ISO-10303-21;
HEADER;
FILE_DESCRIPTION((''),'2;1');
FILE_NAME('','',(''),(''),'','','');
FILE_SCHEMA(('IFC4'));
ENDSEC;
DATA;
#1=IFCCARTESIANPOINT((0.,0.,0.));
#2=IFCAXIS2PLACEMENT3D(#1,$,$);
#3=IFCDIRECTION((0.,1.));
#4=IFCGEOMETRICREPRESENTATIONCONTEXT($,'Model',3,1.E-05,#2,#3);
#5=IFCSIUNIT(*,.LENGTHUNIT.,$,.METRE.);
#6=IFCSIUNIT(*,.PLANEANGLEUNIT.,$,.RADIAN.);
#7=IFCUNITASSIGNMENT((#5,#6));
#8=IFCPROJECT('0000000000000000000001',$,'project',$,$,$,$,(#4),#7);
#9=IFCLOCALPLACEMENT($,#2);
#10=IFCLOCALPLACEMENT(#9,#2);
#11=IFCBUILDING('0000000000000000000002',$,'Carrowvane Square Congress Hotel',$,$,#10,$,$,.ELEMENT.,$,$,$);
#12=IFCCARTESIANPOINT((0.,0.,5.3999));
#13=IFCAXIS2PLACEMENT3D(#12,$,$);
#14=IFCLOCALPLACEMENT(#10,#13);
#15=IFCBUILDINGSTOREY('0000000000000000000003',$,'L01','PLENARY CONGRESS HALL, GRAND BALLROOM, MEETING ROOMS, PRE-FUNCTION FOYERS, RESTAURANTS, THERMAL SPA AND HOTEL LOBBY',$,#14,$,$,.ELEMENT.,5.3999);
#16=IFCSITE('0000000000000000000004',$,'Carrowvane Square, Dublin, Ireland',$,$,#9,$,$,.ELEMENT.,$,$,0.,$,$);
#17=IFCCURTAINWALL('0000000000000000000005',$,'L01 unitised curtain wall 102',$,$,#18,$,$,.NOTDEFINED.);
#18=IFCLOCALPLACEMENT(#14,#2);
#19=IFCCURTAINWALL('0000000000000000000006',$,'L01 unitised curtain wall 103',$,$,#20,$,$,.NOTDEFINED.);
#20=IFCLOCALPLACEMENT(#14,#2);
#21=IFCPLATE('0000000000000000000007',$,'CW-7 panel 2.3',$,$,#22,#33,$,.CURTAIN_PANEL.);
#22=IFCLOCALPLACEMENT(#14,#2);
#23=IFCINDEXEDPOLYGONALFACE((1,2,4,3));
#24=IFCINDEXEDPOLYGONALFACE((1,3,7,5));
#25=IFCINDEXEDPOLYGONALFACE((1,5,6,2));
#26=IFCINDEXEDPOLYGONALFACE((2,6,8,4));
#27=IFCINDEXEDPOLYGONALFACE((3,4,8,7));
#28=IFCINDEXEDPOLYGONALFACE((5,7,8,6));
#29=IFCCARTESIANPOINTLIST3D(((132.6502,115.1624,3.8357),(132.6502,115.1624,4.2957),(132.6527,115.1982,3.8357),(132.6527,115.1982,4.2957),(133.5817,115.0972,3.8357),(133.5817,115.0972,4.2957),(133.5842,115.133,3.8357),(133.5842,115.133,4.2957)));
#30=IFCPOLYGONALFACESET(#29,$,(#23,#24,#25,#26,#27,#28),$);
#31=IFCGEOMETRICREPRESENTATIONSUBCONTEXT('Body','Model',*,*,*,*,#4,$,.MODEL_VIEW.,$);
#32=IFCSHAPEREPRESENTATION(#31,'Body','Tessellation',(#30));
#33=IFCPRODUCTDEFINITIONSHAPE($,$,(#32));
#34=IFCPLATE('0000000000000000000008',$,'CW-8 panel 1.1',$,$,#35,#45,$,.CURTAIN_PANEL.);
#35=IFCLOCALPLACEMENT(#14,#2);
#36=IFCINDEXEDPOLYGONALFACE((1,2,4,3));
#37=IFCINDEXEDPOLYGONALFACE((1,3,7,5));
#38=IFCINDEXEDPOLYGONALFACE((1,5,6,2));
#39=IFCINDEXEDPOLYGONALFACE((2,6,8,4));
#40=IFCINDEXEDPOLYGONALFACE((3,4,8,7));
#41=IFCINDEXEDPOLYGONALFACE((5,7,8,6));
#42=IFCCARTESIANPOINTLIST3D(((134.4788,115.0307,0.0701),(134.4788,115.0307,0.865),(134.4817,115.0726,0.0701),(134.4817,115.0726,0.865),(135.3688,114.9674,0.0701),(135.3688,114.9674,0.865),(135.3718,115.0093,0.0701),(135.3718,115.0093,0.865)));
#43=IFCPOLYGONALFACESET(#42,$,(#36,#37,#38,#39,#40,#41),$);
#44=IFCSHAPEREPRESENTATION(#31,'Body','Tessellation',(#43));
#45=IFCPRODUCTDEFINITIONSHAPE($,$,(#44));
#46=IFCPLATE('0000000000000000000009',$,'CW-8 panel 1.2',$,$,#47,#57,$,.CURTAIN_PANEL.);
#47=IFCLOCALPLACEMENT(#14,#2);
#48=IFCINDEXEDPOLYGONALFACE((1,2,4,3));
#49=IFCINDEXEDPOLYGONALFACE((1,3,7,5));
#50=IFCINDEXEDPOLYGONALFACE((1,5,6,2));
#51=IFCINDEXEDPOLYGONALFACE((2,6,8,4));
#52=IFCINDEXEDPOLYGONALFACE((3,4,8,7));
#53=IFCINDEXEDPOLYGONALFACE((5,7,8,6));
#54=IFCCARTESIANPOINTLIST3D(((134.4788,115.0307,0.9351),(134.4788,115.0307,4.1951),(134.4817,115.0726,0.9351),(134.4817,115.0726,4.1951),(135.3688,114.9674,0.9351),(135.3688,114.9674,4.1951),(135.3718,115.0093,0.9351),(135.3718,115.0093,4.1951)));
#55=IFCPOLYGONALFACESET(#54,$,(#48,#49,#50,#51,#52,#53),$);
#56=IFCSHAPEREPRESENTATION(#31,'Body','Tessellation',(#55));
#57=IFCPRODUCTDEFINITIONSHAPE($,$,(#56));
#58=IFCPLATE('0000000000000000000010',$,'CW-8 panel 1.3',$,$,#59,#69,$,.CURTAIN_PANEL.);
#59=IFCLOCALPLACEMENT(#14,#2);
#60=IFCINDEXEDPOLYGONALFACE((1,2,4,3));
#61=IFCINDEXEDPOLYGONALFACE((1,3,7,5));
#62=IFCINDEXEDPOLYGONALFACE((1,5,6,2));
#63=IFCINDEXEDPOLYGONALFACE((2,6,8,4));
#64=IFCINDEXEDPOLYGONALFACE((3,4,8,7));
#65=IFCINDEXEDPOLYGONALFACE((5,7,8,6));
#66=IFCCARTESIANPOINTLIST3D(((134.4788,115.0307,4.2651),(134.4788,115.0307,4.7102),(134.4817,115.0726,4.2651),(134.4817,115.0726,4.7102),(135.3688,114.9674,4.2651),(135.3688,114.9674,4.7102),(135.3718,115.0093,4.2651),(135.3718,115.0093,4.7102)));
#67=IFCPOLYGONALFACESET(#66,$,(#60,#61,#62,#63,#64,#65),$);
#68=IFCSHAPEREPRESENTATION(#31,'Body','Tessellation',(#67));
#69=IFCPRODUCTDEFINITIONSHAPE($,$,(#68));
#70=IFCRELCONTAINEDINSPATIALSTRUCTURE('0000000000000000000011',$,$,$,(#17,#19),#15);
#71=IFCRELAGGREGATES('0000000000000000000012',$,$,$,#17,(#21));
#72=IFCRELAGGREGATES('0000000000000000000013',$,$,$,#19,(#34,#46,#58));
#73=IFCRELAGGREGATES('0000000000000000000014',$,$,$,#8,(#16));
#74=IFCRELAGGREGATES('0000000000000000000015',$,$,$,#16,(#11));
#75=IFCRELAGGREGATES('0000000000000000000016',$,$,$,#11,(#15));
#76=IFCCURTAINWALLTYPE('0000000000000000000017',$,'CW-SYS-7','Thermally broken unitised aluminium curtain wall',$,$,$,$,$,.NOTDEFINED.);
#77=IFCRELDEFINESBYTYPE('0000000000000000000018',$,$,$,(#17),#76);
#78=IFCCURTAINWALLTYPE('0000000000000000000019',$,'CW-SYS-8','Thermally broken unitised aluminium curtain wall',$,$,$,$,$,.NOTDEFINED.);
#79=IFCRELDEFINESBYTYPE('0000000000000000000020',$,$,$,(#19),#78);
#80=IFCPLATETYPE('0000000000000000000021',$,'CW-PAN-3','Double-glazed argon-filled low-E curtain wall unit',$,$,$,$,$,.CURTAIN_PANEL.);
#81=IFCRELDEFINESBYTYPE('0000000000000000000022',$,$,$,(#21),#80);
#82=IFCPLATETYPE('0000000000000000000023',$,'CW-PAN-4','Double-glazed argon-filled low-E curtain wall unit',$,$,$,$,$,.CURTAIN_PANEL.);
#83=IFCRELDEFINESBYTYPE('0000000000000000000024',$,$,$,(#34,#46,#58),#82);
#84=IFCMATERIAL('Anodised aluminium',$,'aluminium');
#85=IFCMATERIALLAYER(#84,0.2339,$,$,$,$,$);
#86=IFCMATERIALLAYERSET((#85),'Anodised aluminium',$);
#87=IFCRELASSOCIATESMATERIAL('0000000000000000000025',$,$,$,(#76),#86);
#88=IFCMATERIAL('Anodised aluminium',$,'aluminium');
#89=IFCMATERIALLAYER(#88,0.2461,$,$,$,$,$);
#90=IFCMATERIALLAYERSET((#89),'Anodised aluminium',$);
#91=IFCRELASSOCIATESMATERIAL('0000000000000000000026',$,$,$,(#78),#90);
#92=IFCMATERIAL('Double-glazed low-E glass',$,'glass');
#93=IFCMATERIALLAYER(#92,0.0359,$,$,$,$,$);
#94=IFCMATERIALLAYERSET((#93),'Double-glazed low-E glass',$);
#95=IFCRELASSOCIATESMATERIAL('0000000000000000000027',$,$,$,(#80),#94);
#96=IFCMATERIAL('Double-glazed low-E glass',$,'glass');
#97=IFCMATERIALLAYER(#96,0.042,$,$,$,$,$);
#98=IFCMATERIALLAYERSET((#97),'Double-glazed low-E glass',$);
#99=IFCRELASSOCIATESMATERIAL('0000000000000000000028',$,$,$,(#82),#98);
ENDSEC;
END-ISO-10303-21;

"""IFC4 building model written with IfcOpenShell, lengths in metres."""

from ifc_helpers import new_model, si_unit, direction, frame, origin, origin_2d, place, context, subcontext, project, spatial, rectangle, extrude, material, layer, layer_set, type_object, element, aggregate, save


model = new_model("IFC4")

# Units and contexts
model_context = context("Model", 3, precision=1e-05, world=origin(), true_north=direction((0.0, 1.0)))
body_context = subcontext(model_context, "Body", "Model", "MODEL_VIEW")
ifc_project = project(units=[si_unit("LENGTHUNIT", "METRE"), si_unit("PLANEANGLEUNIT", "RADIAN")], contexts=[model_context])

# Site, building, storey
site_placement = place(None, origin())
site = spatial("IfcSite", under=ifc_project, at=site_placement, Name="Carrowvane Square, Dublin, Ireland", CompositionType="ELEMENT", RefElevation=0.0)
building_placement = place(site_placement, origin())
building = spatial("IfcBuilding", under=site, at=building_placement, Name="Carrowvane Square Congress Hotel", CompositionType="ELEMENT")
storey_placement = place(building_placement, frame((0.0, 0.0, 5.3999)))
storey = spatial("IfcBuildingStorey", under=building, at=storey_placement, Name="L01", Description="PLENARY CONGRESS HALL, GRAND BALLROOM, MEETING ROOMS, PRE-FUNCTION FOYERS, RESTAURANTS, THERMAL SPA AND HOTEL LOBBY", CompositionType="ELEMENT", Elevation=5.3999)

# Curtain wall
ifc_material_1 = material(Name="Anodised aluminium", Category="aluminium")
ifc_layer_1 = layer(ifc_material_1, 0.2339)
ifc_layer_set_1 = layer_set([ifc_layer_1], Name="Anodised aluminium")
curtain_wall_type_1 = type_object("IfcCurtainWallType", Name="CW-SYS-7", Description="Thermally broken unitised aluminium curtain wall", PredefinedType="NOTDEFINED", material=ifc_layer_set_1)
curtain_wall_1_placement = place(storey_placement, origin())
curtain_wall_1 = element("IfcCurtainWall", 1, at=curtain_wall_1_placement, inside=storey, type_object=curtain_wall_type_1, Name="L01 unitised curtain wall 102", PredefinedType="NOTDEFINED")

# Curtain wall
ifc_material_2 = material(Name="Anodised aluminium", Category="aluminium")
ifc_layer_2 = layer(ifc_material_2, 0.2461)
ifc_layer_set_2 = layer_set([ifc_layer_2], Name="Anodised aluminium")
curtain_wall_type_2 = type_object("IfcCurtainWallType", Name="CW-SYS-8", Description="Thermally broken unitised aluminium curtain wall", PredefinedType="NOTDEFINED", material=ifc_layer_set_2)
curtain_wall_2_placement = place(storey_placement, origin())
curtain_wall_2 = element("IfcCurtainWall", 2, at=curtain_wall_2_placement, inside=storey, type_object=curtain_wall_type_2, Name="L01 unitised curtain wall 103", PredefinedType="NOTDEFINED")

# Plates
ifc_material_3 = material(Name="Double-glazed low-E glass", Category="glass")
ifc_layer_3 = layer(ifc_material_3, 0.0359)
ifc_layer_set_3 = layer_set([ifc_layer_3], Name="Double-glazed low-E glass")
plate_type_1 = type_object("IfcPlateType", Name="CW-PAN-3", Description="Double-glazed argon-filled low-E curtain wall unit", PredefinedType="CURTAIN_PANEL", material=ifc_layer_set_3)
plate_1_placement = place(storey_placement, frame((133.1172, 115.1477, 3.8357), z_axis=(0.0, 0.0, 1.0), x_axis=(0.997566, -0.069727, 0.0)))
plate_1 = element("IfcPlate", 3, at=plate_1_placement, type_object=plate_type_1, Name="CW-7 panel 2.3", PredefinedType="CURTAIN_PANEL", context=body_context, shape_type="SweptSolid", body=[
    extrude(rectangle(XDim=0.9338, YDim=0.0359, at=origin_2d()), origin(), (0.0, 0.0, 1.0), 0.46),
])
aggregate(curtain_wall_1, [plate_1])
ifc_material_4 = material(Name="Double-glazed low-E glass", Category="glass")
ifc_layer_4 = layer(ifc_material_4, 0.042)
ifc_layer_set_4 = layer_set([ifc_layer_4], Name="Double-glazed low-E glass")
plate_type_2 = type_object("IfcPlateType", Name="CW-PAN-4", Description="Double-glazed argon-filled low-E curtain wall unit", PredefinedType="CURTAIN_PANEL", material=ifc_layer_set_4)
plate_2_placement = place(storey_placement, frame((134.9253, 115.02, 0.0701), z_axis=(0.0, 0.0, 1.0), x_axis=(0.997479, -0.07096, 0.0)))
plate_2 = element("IfcPlate", 4, at=plate_2_placement, type_object=plate_type_2, Name="CW-8 panel 1.1", PredefinedType="CURTAIN_PANEL", context=body_context, shape_type="SweptSolid", body=[
    extrude(rectangle(XDim=0.8923, YDim=0.042, at=origin_2d()), origin(), (0.0, 0.0, 1.0), 0.7949),
])
plate_3_placement = place(storey_placement, frame((134.9253, 115.02, 0.9351), z_axis=(0.0, 0.0, 1.0), x_axis=(0.997479, -0.07096, 0.0)))
plate_3 = element("IfcPlate", 5, at=plate_3_placement, type_object=plate_type_2, Name="CW-8 panel 1.2", PredefinedType="CURTAIN_PANEL", context=body_context, shape_type="SweptSolid", body=[
    extrude(rectangle(XDim=0.8923, YDim=0.042, at=origin_2d()), origin(), (0.0, 0.0, 1.0), 3.26),
])
plate_4_placement = place(storey_placement, frame((134.9253, 115.02, 4.2651), z_axis=(0.0, 0.0, 1.0), x_axis=(0.997479, -0.07096, 0.0)))
plate_4 = element("IfcPlate", 6, at=plate_4_placement, type_object=plate_type_2, Name="CW-8 panel 1.3", PredefinedType="CURTAIN_PANEL", context=body_context, shape_type="SweptSolid", body=[
    extrude(rectangle(XDim=0.8923, YDim=0.042, at=origin_2d()), origin(), (0.0, 0.0, 1.0), 0.4451),
])
aggregate(curtain_wall_2, [plate_2, plate_3, plate_4])

save(model, "model.ifc")
